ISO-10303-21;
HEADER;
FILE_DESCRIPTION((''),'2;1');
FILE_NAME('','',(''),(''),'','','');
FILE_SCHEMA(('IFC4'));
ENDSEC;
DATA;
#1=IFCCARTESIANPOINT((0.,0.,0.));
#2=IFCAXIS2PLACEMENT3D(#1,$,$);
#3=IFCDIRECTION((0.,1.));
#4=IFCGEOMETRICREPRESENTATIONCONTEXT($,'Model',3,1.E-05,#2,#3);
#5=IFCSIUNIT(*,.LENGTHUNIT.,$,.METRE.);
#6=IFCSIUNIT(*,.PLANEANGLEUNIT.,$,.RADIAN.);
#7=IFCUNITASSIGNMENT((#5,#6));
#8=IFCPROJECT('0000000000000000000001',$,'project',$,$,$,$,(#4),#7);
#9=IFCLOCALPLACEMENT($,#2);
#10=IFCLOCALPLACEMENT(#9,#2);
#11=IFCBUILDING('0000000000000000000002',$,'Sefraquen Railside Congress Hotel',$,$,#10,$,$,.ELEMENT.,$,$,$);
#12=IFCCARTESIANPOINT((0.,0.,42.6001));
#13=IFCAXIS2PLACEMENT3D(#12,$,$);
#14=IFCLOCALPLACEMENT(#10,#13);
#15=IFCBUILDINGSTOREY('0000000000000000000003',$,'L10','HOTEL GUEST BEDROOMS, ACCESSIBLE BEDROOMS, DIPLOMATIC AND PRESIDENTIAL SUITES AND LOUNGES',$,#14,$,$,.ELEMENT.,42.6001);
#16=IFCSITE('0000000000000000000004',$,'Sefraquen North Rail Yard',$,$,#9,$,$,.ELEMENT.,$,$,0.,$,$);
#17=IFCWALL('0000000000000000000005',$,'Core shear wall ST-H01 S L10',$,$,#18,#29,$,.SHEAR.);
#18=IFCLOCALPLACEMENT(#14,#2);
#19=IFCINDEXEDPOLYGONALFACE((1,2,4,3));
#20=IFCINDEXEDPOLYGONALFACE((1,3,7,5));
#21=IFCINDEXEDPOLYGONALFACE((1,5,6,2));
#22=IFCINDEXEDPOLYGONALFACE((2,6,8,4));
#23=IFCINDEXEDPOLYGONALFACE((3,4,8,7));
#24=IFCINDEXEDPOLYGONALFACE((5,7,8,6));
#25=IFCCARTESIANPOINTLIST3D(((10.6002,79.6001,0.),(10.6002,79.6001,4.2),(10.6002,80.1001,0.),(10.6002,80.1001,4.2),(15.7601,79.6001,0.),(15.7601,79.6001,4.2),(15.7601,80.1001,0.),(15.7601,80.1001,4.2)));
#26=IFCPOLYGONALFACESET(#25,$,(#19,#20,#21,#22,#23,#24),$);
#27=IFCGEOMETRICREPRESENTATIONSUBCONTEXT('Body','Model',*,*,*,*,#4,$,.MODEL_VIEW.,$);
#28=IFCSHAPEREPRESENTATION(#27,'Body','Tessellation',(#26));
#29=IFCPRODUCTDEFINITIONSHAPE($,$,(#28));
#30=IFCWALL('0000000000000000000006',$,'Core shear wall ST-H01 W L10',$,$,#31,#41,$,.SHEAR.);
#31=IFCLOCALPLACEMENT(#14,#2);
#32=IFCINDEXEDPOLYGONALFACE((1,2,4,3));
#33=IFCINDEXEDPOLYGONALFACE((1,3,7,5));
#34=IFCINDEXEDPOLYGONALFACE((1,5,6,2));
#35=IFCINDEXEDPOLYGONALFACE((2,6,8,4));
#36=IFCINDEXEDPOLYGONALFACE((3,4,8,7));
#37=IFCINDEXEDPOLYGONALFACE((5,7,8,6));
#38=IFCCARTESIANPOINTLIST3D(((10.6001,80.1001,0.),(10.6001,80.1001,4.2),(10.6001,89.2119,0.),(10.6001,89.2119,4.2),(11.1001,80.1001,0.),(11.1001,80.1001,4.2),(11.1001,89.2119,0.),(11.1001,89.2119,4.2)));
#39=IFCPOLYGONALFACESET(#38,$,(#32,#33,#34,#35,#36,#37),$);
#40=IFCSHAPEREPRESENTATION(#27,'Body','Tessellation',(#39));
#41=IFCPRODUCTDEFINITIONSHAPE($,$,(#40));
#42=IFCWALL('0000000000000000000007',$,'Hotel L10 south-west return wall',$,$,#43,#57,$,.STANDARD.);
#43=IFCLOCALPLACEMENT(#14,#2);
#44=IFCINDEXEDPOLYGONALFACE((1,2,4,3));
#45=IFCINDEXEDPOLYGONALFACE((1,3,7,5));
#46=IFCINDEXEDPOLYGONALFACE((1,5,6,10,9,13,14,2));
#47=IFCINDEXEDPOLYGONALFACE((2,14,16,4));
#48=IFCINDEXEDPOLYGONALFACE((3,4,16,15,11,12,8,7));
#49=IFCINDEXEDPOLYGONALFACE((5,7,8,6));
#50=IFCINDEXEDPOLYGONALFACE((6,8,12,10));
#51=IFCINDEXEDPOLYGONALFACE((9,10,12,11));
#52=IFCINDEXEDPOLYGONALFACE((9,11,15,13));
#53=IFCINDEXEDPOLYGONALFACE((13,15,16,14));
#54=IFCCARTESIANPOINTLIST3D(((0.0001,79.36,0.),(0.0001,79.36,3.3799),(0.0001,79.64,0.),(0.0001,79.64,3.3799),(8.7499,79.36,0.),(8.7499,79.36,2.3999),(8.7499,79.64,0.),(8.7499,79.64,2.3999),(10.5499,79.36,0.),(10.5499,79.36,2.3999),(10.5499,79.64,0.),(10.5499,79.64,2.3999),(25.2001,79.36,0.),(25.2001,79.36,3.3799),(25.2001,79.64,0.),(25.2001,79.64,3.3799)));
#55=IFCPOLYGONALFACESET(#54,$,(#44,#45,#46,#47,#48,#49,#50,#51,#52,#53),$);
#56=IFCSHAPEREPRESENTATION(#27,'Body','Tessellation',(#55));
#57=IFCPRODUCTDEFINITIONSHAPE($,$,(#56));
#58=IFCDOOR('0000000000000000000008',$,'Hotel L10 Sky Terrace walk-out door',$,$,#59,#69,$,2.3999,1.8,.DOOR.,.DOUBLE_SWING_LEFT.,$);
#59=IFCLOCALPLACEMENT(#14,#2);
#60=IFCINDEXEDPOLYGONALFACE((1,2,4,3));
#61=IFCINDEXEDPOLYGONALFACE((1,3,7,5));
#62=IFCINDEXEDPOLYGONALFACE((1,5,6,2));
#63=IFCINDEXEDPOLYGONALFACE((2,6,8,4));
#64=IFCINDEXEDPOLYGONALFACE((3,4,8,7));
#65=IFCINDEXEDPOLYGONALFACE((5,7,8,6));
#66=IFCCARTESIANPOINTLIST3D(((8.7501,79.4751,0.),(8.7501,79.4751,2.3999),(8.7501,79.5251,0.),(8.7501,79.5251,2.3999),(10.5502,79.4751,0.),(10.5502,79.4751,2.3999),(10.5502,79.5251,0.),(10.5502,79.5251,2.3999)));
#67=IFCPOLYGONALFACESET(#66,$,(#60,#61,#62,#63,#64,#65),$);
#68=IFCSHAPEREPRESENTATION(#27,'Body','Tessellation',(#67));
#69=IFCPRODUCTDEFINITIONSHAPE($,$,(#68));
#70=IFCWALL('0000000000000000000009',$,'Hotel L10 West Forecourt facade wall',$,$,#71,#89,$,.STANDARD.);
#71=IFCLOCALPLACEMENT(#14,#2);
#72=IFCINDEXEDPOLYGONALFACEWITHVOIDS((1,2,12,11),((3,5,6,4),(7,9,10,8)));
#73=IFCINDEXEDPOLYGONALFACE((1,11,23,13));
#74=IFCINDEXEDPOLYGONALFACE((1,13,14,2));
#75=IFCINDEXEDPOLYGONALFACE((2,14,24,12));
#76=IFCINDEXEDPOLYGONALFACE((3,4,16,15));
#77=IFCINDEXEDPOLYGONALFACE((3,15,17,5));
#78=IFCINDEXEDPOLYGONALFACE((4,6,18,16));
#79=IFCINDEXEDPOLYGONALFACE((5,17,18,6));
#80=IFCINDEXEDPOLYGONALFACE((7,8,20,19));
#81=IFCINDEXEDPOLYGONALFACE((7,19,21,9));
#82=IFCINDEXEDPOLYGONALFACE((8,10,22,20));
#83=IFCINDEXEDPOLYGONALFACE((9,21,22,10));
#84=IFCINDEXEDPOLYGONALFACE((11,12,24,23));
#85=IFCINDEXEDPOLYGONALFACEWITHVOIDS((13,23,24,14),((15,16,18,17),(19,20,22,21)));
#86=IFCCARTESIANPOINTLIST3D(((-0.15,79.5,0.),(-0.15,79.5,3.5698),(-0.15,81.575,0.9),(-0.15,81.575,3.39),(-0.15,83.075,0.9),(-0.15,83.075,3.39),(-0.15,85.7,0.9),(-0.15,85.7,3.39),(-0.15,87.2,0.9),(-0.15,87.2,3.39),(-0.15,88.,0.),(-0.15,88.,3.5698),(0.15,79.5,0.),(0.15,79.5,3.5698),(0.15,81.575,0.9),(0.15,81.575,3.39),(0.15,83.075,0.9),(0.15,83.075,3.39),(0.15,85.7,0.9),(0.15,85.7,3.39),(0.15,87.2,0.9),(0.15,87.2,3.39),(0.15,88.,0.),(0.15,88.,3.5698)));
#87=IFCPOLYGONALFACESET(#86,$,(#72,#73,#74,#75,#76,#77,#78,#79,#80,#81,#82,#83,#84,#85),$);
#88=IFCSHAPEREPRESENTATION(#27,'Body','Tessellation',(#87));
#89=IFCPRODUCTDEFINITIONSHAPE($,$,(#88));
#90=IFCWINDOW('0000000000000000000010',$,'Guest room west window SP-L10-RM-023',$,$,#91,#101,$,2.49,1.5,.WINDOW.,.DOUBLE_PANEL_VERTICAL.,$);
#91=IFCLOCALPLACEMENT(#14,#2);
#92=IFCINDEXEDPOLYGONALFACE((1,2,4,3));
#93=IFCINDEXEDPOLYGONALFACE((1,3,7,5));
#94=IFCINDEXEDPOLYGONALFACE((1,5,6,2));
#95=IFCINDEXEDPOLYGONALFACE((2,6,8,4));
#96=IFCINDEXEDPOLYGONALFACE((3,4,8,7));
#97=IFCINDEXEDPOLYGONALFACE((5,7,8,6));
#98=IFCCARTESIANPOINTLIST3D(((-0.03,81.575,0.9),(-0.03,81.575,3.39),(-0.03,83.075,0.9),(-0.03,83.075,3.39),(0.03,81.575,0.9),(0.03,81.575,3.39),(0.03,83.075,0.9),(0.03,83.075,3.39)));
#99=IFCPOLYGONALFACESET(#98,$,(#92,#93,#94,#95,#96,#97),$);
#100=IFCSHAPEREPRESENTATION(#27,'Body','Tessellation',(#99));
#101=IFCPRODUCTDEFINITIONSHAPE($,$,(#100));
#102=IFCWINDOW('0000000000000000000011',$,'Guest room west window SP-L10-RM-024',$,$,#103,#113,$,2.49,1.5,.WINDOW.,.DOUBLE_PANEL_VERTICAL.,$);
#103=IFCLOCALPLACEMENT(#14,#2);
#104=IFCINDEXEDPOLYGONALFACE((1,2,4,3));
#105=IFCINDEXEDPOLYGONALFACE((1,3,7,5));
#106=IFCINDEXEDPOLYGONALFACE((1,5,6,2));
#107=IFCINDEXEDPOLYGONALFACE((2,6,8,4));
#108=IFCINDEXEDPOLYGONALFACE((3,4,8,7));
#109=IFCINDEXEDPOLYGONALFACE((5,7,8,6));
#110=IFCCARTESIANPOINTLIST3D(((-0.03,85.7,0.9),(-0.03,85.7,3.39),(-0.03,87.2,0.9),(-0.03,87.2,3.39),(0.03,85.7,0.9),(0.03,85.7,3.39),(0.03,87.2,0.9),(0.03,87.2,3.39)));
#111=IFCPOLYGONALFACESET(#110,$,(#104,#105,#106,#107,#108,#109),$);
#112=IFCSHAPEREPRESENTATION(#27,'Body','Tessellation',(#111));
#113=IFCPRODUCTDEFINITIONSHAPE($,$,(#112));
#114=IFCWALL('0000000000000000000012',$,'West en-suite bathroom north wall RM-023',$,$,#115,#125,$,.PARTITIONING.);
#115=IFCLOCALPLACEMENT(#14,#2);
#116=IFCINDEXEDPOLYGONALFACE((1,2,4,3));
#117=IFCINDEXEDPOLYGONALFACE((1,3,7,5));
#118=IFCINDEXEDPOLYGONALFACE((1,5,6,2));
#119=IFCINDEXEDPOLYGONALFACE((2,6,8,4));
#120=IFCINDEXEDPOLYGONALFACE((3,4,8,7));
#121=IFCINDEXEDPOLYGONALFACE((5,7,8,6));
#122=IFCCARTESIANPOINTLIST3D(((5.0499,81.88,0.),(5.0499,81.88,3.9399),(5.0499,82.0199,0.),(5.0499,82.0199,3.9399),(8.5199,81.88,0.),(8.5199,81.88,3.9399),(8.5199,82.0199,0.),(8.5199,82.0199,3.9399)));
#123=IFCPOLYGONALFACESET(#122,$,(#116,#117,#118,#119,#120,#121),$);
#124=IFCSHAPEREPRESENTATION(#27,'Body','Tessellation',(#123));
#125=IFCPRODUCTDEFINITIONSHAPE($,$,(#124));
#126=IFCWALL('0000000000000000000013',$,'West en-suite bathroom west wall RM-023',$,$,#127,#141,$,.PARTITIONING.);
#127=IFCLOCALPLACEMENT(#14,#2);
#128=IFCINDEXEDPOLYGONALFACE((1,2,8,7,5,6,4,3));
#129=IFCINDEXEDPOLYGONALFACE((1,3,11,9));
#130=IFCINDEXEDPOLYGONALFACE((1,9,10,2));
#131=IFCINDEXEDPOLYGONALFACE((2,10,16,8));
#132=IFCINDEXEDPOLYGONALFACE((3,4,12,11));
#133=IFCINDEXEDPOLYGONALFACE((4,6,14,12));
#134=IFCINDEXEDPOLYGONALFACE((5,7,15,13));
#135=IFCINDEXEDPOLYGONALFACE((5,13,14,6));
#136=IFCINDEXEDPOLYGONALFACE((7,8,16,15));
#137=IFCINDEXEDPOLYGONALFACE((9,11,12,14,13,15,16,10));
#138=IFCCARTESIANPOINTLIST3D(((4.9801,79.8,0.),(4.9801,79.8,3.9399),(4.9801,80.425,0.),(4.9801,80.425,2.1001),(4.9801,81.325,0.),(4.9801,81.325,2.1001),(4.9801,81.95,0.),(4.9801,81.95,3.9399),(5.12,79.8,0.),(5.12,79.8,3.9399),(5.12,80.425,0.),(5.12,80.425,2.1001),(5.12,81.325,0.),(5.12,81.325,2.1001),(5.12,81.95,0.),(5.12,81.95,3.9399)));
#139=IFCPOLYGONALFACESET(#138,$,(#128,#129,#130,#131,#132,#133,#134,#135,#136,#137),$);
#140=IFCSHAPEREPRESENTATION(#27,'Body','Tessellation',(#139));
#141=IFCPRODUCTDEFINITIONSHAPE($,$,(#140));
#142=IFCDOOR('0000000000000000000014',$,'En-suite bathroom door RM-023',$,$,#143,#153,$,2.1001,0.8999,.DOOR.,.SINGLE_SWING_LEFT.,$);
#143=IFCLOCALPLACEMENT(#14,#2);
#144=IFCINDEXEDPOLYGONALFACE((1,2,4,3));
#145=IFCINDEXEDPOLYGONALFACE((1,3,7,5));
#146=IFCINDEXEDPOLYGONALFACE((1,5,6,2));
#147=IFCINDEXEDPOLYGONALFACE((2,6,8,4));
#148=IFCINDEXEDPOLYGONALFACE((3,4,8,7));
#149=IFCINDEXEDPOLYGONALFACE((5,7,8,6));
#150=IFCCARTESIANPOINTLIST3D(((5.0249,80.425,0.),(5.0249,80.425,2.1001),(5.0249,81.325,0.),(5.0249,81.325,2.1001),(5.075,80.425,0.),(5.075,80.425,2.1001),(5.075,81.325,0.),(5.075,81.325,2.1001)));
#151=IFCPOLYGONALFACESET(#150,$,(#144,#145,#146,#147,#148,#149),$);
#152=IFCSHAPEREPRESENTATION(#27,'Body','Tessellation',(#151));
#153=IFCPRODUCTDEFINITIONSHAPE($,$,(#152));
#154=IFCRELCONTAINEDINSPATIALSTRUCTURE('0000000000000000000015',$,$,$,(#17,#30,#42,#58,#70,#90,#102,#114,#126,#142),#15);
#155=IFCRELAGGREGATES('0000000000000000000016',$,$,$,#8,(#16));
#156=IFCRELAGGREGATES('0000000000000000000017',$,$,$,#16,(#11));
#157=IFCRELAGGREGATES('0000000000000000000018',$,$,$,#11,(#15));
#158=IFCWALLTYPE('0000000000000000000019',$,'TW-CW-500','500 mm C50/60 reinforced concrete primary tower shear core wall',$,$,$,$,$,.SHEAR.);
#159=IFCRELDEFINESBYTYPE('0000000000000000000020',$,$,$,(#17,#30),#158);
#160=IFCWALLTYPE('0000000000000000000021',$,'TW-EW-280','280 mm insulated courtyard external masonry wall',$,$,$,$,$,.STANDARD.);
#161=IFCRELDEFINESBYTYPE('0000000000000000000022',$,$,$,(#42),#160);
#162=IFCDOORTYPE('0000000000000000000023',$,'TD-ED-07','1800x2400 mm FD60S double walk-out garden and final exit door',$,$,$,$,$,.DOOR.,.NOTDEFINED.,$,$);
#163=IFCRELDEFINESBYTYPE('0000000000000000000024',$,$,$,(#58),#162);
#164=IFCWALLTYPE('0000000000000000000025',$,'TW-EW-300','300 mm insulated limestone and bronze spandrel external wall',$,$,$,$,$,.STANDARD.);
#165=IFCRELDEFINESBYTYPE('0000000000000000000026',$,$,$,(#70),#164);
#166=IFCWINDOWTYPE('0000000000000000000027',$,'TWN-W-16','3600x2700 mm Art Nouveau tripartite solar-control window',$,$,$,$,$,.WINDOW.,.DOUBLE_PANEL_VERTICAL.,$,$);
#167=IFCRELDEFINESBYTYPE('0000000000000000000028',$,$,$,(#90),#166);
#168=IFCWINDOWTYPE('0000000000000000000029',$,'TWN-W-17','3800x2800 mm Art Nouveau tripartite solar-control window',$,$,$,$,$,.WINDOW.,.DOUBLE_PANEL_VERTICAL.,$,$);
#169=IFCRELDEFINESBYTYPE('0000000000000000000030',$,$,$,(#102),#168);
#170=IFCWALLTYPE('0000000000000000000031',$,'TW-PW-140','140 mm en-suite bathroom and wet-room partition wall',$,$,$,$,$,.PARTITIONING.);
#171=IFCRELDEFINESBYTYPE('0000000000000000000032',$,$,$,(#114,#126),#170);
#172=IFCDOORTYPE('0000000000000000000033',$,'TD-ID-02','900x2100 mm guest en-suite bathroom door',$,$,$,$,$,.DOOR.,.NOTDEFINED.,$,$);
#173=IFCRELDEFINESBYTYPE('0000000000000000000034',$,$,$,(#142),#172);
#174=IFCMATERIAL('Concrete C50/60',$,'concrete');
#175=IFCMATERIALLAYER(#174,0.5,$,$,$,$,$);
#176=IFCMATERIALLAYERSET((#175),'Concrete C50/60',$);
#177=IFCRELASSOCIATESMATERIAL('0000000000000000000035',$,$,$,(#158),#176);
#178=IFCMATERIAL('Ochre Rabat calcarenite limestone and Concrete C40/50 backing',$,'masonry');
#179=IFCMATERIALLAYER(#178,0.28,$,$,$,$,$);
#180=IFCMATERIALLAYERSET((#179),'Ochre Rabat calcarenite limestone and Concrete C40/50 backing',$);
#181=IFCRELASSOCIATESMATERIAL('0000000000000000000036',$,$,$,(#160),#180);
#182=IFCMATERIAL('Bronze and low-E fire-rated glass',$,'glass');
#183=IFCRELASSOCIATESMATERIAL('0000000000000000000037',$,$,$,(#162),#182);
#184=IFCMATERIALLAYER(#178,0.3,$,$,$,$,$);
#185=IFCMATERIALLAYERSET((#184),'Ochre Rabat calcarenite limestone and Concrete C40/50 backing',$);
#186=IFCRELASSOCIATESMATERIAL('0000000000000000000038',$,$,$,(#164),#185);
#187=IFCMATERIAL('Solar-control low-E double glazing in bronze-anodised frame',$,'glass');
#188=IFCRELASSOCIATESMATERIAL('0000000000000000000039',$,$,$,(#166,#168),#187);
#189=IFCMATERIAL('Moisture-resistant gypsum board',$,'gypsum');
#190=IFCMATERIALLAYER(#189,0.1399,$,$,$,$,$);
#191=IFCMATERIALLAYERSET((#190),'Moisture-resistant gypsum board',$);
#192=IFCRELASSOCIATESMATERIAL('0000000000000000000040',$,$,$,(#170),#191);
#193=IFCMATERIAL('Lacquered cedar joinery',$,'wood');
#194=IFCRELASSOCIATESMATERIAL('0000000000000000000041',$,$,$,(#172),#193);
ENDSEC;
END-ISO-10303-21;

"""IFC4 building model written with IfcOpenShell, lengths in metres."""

from ifc_helpers import new_model, si_unit, direction, frame, frame_2d, origin, place, context, subcontext, project, spatial, rectangle, extrude, material, layer, layer_set, type_object, element, fill, save


model = new_model("IFC4")

# Units and contexts
model_context = context("Model", 3, precision=1e-05, world=origin(), true_north=direction((0.0, 1.0)))
body_context = subcontext(model_context, "Body", "Model", "MODEL_VIEW")
ifc_project = project(units=[si_unit("LENGTHUNIT", "METRE"), si_unit("PLANEANGLEUNIT", "RADIAN")], contexts=[model_context])

# Site, building, storey
site_placement = place(None, origin())
site = spatial("IfcSite", under=ifc_project, at=site_placement, Name="Sefraquen North Rail Yard", CompositionType="ELEMENT", RefElevation=0.0)
building_placement = place(site_placement, origin())
building = spatial("IfcBuilding", under=site, at=building_placement, Name="Sefraquen Railside Congress Hotel", CompositionType="ELEMENT")
storey_placement = place(building_placement, frame((0.0, 0.0, 42.6001)))
storey = spatial("IfcBuildingStorey", under=building, at=storey_placement, Name="L10", Description="HOTEL GUEST BEDROOMS, ACCESSIBLE BEDROOMS, DIPLOMATIC AND PRESIDENTIAL SUITES AND LOUNGES", CompositionType="ELEMENT", Elevation=42.6001)

# Walls
ifc_material_1 = material(Name="Concrete C50/60", Category="concrete")
ifc_layer_1 = layer(ifc_material_1, 0.5)
ifc_layer_set_1 = layer_set([ifc_layer_1], Name="Concrete C50/60")
wall_type_1 = type_object("IfcWallType", Name="TW-CW-500", Description="500 mm C50/60 reinforced concrete primary tower shear core wall", PredefinedType="SHEAR", material=ifc_layer_set_1)
wall_1_placement = place(storey_placement, frame((10.6001, 79.8501, 0.0), z_axis=(0.0, 0.0, 1.0), x_axis=(1.0, 0.0, 0.0)))
element("IfcWall", 1, at=wall_1_placement, inside=storey, type_object=wall_type_1, Name="Core shear wall ST-H01 S L10", PredefinedType="SHEAR", context=body_context, shape_type="SweptSolid", body=[
    extrude(rectangle(XDim=5.1599, YDim=0.5, at=frame_2d((2.5801, 0.0))), origin(), (0.0, 0.0, 1.0), 4.2),
])
wall_2_placement = place(storey_placement, frame((10.8501, 80.1001, 0.0), z_axis=(0.0, 0.0, 1.0), x_axis=(0.0, 1.0, 0.0)))
element("IfcWall", 2, at=wall_2_placement, inside=storey, type_object=wall_type_1, Name="Core shear wall ST-H01 W L10", PredefinedType="SHEAR", context=body_context, shape_type="SweptSolid", body=[
    extrude(rectangle(XDim=9.1118, YDim=0.5, at=frame_2d((4.5559, 0.0))), origin(), (0.0, 0.0, 1.0), 4.2),
])

# Wall, opening, door
ifc_material_2 = material(Name="Ochre Rabat calcarenite limestone and Concrete C40/50 backing", Category="masonry")
ifc_layer_2 = layer(ifc_material_2, 0.28)
ifc_layer_set_2 = layer_set([ifc_layer_2], Name="Ochre Rabat calcarenite limestone and Concrete C40/50 backing")
wall_type_2 = type_object("IfcWallType", Name="TW-EW-280", Description="280 mm insulated courtyard external masonry wall", PredefinedType="STANDARD", material=ifc_layer_set_2)
wall_3_placement = place(storey_placement, frame((0.0, 79.5, 0.0), z_axis=(0.0, 0.0, 1.0), x_axis=(1.0, 0.0, 0.0)))
wall_3 = element("IfcWall", 3, at=wall_3_placement, inside=storey, type_object=wall_type_2, Name="Hotel L10 south-west return wall", PredefinedType="STANDARD", context=body_context, shape_type="SweptSolid", body=[
    extrude(rectangle(XDim=25.2, YDim=0.28, at=frame_2d((12.6001, 0.0))), origin(), (0.0, 0.0, 1.0), 3.3799),
])
opening_1_placement = place(wall_3_placement, frame((8.75, 0.0, 0.0)))
opening_1 = element("IfcOpeningElement", 4, at=opening_1_placement, cuts=wall_3, PredefinedType="OPENING", context=body_context, shape_type="SweptSolid", body=[
    extrude(rectangle(XDim=1.8, YDim=2.3999, at=frame_2d((0.8999, 1.2))), frame((0.0, 0.1499, 0.0), z_axis=(0.0, -1.0, 0.0), x_axis=(1.0, 0.0, 0.0)), (0.0, 0.0, 1.0), 0.3),
])
ifc_material_3 = material(Name="Bronze and low-E fire-rated glass", Category="glass")
door_type_1 = type_object("IfcDoorType", Name="TD-ED-07", Description="1800x2400 mm FD60S double walk-out garden and final exit door", OperationType="NOTDEFINED", PredefinedType="DOOR", material=ifc_material_3)
door_1_placement = place(opening_1_placement, frame((1.8, 0.0, 0.0), z_axis=(0.0, 0.0, 1.0), x_axis=(-1.0, 0.0, 0.0)))
door_1 = element("IfcDoor", 5, at=door_1_placement, inside=storey, type_object=door_type_1, Name="Hotel L10 Sky Terrace walk-out door", OperationType="DOUBLE_SWING_LEFT", OverallHeight=2.3999, OverallWidth=1.8, PredefinedType="DOOR", context=body_context, shape_type="SweptSolid", body=[
    extrude(rectangle(XDim=1.8, YDim=2.3999, at=frame_2d((0.8999, 1.2))), frame((0.0, 0.0249, 0.0), z_axis=(0.0, -1.0, 0.0), x_axis=(1.0, 0.0, 0.0)), (0.0, 0.0, 1.0), 0.05),
])
fill(opening_1, door_1)

# Wall, openings, windows
ifc_layer_3 = layer(ifc_material_2, 0.3)
ifc_layer_set_3 = layer_set([ifc_layer_3], Name="Ochre Rabat calcarenite limestone and Concrete C40/50 backing")
wall_type_3 = type_object("IfcWallType", Name="TW-EW-300", Description="300 mm insulated limestone and bronze spandrel external wall", PredefinedType="STANDARD", material=ifc_layer_set_3)
wall_4_placement = place(storey_placement, frame((0.0, 79.5, 0.0), z_axis=(0.0, 0.0, 1.0), x_axis=(0.0, 1.0, 0.0)))
wall_4 = element("IfcWall", 6, at=wall_4_placement, inside=storey, type_object=wall_type_3, Name="Hotel L10 West Forecourt facade wall", PredefinedType="STANDARD", context=body_context, shape_type="SweptSolid", body=[
    extrude(rectangle(XDim=8.5, YDim=0.3, at=frame_2d((4.25, 0.0))), origin(), (0.0, 0.0, 1.0), 3.5698),
])
opening_2_placement = place(wall_4_placement, frame((2.075, 0.0, 0.8999)))
opening_2 = element("IfcOpeningElement", 7, at=opening_2_placement, cuts=wall_4, PredefinedType="OPENING", context=body_context, shape_type="SweptSolid", body=[
    extrude(rectangle(XDim=1.5, YDim=2.49, at=frame_2d((0.75, 1.2451))), frame((0.0, 0.1599, 0.0), z_axis=(0.0, -1.0, 0.0), x_axis=(1.0, 0.0, 0.0)), (0.0, 0.0, 1.0), 0.3201),
])
opening_3_placement = place(wall_4_placement, frame((6.2, 0.0, 0.8999)))
opening_3 = element("IfcOpeningElement", 8, at=opening_3_placement, cuts=wall_4, PredefinedType="OPENING", context=body_context, shape_type="SweptSolid", body=[
    extrude(rectangle(XDim=1.5, YDim=2.49, at=frame_2d((0.75, 1.2451))), frame((0.0, 0.1599, 0.0), z_axis=(0.0, -1.0, 0.0), x_axis=(1.0, 0.0, 0.0)), (0.0, 0.0, 1.0), 0.3201),
])
ifc_material_4 = material(Name="Solar-control low-E double glazing in bronze-anodised frame", Category="glass")
window_type_1 = type_object("IfcWindowType", Name="TWN-W-16", Description="3600x2700 mm Art Nouveau tripartite solar-control window", PartitioningType="DOUBLE_PANEL_VERTICAL", PredefinedType="WINDOW", material=ifc_material_4)
window_1_placement = place(opening_2_placement, origin())
window_1 = element("IfcWindow", 9, at=window_1_placement, inside=storey, type_object=window_type_1, Name="Guest room west window SP-L10-RM-023", OverallHeight=2.49, OverallWidth=1.5, PartitioningType="DOUBLE_PANEL_VERTICAL", PredefinedType="WINDOW", context=body_context, shape_type="SweptSolid", body=[
    extrude(rectangle(XDim=1.5, YDim=2.49, at=frame_2d((0.75, 1.2451))), frame((0.0, 0.03, 0.0), z_axis=(0.0, -1.0, 0.0), x_axis=(1.0, 0.0, 0.0)), (0.0, 0.0, 1.0), 0.0601),
])
fill(opening_2, window_1)
window_type_2 = type_object("IfcWindowType", Name="TWN-W-17", Description="3800x2800 mm Art Nouveau tripartite solar-control window", PartitioningType="DOUBLE_PANEL_VERTICAL", PredefinedType="WINDOW", material=ifc_material_4)
window_2_placement = place(opening_3_placement, origin())
window_2 = element("IfcWindow", 10, at=window_2_placement, inside=storey, type_object=window_type_2, Name="Guest room west window SP-L10-RM-024", OverallHeight=2.49, OverallWidth=1.5, PartitioningType="DOUBLE_PANEL_VERTICAL", PredefinedType="WINDOW", context=body_context, shape_type="SweptSolid", body=[
    extrude(rectangle(XDim=1.5, YDim=2.49, at=frame_2d((0.75, 1.2451))), frame((0.0, 0.03, 0.0), z_axis=(0.0, -1.0, 0.0), x_axis=(1.0, 0.0, 0.0)), (0.0, 0.0, 1.0), 0.0601),
])
fill(opening_3, window_2)

# Wall
ifc_material_5 = material(Name="Moisture-resistant gypsum board", Category="gypsum")
ifc_layer_4 = layer(ifc_material_5, 0.1399)
ifc_layer_set_4 = layer_set([ifc_layer_4], Name="Moisture-resistant gypsum board")
wall_type_4 = type_object("IfcWallType", Name="TW-PW-140", Description="140 mm en-suite bathroom and wet-room partition wall", PredefinedType="PARTITIONING", material=ifc_layer_set_4)
wall_5_placement = place(storey_placement, frame((5.05, 81.95, 0.0), z_axis=(0.0, 0.0, 1.0), x_axis=(1.0, 0.0, 0.0)))
element("IfcWall", 11, at=wall_5_placement, inside=storey, type_object=wall_type_4, Name="West en-suite bathroom north wall RM-023", PredefinedType="PARTITIONING", context=body_context, shape_type="SweptSolid", body=[
    extrude(rectangle(XDim=3.47, YDim=0.1399, at=frame_2d((1.7349, 0.0))), origin(), (0.0, 0.0, 1.0), 3.9399),
])

# Wall, opening, door
wall_6_placement = place(storey_placement, frame((5.05, 79.8, 0.0), z_axis=(0.0, 0.0, 1.0), x_axis=(0.0, 1.0, 0.0)))
wall_6 = element("IfcWall", 12, at=wall_6_placement, inside=storey, type_object=wall_type_4, Name="West en-suite bathroom west wall RM-023", PredefinedType="PARTITIONING", context=body_context, shape_type="SweptSolid", body=[
    extrude(rectangle(XDim=2.1499, YDim=0.1399, at=frame_2d((1.075, 0.0))), origin(), (0.0, 0.0, 1.0), 3.9399),
])
opening_4_placement = place(wall_6_placement, frame((0.625, 0.0, 0.0)))
opening_4 = element("IfcOpeningElement", 13, at=opening_4_placement, cuts=wall_6, PredefinedType="OPENING", context=body_context, shape_type="SweptSolid", body=[
    extrude(rectangle(XDim=0.8999, YDim=2.1001, at=frame_2d((0.45, 1.05))), frame((0.0, 0.0798, 0.0), z_axis=(0.0, -1.0, 0.0), x_axis=(1.0, 0.0, 0.0)), (0.0, 0.0, 1.0), 0.1599),
])
ifc_material_6 = material(Name="Lacquered cedar joinery", Category="wood")
door_type_2 = type_object("IfcDoorType", Name="TD-ID-02", Description="900x2100 mm guest en-suite bathroom door", OperationType="NOTDEFINED", PredefinedType="DOOR", material=ifc_material_6)
door_2_placement = place(opening_4_placement, frame((0.8999, 0.0, 0.0), z_axis=(0.0, 0.0, 1.0), x_axis=(-1.0, 0.0, 0.0)))
door_2 = element("IfcDoor", 14, at=door_2_placement, inside=storey, type_object=door_type_2, Name="En-suite bathroom door RM-023", OperationType="SINGLE_SWING_LEFT", OverallHeight=2.1001, OverallWidth=0.8999, PredefinedType="DOOR", context=body_context, shape_type="SweptSolid", body=[
    extrude(rectangle(XDim=0.8999, YDim=2.1001, at=frame_2d((0.45, 1.05))), frame((0.0, 0.0249, 0.0), z_axis=(0.0, -1.0, 0.0), x_axis=(1.0, 0.0, 0.0)), (0.0, 0.0, 1.0), 0.05),
])
fill(opening_4, door_2)

save(model, "model.ifc")
